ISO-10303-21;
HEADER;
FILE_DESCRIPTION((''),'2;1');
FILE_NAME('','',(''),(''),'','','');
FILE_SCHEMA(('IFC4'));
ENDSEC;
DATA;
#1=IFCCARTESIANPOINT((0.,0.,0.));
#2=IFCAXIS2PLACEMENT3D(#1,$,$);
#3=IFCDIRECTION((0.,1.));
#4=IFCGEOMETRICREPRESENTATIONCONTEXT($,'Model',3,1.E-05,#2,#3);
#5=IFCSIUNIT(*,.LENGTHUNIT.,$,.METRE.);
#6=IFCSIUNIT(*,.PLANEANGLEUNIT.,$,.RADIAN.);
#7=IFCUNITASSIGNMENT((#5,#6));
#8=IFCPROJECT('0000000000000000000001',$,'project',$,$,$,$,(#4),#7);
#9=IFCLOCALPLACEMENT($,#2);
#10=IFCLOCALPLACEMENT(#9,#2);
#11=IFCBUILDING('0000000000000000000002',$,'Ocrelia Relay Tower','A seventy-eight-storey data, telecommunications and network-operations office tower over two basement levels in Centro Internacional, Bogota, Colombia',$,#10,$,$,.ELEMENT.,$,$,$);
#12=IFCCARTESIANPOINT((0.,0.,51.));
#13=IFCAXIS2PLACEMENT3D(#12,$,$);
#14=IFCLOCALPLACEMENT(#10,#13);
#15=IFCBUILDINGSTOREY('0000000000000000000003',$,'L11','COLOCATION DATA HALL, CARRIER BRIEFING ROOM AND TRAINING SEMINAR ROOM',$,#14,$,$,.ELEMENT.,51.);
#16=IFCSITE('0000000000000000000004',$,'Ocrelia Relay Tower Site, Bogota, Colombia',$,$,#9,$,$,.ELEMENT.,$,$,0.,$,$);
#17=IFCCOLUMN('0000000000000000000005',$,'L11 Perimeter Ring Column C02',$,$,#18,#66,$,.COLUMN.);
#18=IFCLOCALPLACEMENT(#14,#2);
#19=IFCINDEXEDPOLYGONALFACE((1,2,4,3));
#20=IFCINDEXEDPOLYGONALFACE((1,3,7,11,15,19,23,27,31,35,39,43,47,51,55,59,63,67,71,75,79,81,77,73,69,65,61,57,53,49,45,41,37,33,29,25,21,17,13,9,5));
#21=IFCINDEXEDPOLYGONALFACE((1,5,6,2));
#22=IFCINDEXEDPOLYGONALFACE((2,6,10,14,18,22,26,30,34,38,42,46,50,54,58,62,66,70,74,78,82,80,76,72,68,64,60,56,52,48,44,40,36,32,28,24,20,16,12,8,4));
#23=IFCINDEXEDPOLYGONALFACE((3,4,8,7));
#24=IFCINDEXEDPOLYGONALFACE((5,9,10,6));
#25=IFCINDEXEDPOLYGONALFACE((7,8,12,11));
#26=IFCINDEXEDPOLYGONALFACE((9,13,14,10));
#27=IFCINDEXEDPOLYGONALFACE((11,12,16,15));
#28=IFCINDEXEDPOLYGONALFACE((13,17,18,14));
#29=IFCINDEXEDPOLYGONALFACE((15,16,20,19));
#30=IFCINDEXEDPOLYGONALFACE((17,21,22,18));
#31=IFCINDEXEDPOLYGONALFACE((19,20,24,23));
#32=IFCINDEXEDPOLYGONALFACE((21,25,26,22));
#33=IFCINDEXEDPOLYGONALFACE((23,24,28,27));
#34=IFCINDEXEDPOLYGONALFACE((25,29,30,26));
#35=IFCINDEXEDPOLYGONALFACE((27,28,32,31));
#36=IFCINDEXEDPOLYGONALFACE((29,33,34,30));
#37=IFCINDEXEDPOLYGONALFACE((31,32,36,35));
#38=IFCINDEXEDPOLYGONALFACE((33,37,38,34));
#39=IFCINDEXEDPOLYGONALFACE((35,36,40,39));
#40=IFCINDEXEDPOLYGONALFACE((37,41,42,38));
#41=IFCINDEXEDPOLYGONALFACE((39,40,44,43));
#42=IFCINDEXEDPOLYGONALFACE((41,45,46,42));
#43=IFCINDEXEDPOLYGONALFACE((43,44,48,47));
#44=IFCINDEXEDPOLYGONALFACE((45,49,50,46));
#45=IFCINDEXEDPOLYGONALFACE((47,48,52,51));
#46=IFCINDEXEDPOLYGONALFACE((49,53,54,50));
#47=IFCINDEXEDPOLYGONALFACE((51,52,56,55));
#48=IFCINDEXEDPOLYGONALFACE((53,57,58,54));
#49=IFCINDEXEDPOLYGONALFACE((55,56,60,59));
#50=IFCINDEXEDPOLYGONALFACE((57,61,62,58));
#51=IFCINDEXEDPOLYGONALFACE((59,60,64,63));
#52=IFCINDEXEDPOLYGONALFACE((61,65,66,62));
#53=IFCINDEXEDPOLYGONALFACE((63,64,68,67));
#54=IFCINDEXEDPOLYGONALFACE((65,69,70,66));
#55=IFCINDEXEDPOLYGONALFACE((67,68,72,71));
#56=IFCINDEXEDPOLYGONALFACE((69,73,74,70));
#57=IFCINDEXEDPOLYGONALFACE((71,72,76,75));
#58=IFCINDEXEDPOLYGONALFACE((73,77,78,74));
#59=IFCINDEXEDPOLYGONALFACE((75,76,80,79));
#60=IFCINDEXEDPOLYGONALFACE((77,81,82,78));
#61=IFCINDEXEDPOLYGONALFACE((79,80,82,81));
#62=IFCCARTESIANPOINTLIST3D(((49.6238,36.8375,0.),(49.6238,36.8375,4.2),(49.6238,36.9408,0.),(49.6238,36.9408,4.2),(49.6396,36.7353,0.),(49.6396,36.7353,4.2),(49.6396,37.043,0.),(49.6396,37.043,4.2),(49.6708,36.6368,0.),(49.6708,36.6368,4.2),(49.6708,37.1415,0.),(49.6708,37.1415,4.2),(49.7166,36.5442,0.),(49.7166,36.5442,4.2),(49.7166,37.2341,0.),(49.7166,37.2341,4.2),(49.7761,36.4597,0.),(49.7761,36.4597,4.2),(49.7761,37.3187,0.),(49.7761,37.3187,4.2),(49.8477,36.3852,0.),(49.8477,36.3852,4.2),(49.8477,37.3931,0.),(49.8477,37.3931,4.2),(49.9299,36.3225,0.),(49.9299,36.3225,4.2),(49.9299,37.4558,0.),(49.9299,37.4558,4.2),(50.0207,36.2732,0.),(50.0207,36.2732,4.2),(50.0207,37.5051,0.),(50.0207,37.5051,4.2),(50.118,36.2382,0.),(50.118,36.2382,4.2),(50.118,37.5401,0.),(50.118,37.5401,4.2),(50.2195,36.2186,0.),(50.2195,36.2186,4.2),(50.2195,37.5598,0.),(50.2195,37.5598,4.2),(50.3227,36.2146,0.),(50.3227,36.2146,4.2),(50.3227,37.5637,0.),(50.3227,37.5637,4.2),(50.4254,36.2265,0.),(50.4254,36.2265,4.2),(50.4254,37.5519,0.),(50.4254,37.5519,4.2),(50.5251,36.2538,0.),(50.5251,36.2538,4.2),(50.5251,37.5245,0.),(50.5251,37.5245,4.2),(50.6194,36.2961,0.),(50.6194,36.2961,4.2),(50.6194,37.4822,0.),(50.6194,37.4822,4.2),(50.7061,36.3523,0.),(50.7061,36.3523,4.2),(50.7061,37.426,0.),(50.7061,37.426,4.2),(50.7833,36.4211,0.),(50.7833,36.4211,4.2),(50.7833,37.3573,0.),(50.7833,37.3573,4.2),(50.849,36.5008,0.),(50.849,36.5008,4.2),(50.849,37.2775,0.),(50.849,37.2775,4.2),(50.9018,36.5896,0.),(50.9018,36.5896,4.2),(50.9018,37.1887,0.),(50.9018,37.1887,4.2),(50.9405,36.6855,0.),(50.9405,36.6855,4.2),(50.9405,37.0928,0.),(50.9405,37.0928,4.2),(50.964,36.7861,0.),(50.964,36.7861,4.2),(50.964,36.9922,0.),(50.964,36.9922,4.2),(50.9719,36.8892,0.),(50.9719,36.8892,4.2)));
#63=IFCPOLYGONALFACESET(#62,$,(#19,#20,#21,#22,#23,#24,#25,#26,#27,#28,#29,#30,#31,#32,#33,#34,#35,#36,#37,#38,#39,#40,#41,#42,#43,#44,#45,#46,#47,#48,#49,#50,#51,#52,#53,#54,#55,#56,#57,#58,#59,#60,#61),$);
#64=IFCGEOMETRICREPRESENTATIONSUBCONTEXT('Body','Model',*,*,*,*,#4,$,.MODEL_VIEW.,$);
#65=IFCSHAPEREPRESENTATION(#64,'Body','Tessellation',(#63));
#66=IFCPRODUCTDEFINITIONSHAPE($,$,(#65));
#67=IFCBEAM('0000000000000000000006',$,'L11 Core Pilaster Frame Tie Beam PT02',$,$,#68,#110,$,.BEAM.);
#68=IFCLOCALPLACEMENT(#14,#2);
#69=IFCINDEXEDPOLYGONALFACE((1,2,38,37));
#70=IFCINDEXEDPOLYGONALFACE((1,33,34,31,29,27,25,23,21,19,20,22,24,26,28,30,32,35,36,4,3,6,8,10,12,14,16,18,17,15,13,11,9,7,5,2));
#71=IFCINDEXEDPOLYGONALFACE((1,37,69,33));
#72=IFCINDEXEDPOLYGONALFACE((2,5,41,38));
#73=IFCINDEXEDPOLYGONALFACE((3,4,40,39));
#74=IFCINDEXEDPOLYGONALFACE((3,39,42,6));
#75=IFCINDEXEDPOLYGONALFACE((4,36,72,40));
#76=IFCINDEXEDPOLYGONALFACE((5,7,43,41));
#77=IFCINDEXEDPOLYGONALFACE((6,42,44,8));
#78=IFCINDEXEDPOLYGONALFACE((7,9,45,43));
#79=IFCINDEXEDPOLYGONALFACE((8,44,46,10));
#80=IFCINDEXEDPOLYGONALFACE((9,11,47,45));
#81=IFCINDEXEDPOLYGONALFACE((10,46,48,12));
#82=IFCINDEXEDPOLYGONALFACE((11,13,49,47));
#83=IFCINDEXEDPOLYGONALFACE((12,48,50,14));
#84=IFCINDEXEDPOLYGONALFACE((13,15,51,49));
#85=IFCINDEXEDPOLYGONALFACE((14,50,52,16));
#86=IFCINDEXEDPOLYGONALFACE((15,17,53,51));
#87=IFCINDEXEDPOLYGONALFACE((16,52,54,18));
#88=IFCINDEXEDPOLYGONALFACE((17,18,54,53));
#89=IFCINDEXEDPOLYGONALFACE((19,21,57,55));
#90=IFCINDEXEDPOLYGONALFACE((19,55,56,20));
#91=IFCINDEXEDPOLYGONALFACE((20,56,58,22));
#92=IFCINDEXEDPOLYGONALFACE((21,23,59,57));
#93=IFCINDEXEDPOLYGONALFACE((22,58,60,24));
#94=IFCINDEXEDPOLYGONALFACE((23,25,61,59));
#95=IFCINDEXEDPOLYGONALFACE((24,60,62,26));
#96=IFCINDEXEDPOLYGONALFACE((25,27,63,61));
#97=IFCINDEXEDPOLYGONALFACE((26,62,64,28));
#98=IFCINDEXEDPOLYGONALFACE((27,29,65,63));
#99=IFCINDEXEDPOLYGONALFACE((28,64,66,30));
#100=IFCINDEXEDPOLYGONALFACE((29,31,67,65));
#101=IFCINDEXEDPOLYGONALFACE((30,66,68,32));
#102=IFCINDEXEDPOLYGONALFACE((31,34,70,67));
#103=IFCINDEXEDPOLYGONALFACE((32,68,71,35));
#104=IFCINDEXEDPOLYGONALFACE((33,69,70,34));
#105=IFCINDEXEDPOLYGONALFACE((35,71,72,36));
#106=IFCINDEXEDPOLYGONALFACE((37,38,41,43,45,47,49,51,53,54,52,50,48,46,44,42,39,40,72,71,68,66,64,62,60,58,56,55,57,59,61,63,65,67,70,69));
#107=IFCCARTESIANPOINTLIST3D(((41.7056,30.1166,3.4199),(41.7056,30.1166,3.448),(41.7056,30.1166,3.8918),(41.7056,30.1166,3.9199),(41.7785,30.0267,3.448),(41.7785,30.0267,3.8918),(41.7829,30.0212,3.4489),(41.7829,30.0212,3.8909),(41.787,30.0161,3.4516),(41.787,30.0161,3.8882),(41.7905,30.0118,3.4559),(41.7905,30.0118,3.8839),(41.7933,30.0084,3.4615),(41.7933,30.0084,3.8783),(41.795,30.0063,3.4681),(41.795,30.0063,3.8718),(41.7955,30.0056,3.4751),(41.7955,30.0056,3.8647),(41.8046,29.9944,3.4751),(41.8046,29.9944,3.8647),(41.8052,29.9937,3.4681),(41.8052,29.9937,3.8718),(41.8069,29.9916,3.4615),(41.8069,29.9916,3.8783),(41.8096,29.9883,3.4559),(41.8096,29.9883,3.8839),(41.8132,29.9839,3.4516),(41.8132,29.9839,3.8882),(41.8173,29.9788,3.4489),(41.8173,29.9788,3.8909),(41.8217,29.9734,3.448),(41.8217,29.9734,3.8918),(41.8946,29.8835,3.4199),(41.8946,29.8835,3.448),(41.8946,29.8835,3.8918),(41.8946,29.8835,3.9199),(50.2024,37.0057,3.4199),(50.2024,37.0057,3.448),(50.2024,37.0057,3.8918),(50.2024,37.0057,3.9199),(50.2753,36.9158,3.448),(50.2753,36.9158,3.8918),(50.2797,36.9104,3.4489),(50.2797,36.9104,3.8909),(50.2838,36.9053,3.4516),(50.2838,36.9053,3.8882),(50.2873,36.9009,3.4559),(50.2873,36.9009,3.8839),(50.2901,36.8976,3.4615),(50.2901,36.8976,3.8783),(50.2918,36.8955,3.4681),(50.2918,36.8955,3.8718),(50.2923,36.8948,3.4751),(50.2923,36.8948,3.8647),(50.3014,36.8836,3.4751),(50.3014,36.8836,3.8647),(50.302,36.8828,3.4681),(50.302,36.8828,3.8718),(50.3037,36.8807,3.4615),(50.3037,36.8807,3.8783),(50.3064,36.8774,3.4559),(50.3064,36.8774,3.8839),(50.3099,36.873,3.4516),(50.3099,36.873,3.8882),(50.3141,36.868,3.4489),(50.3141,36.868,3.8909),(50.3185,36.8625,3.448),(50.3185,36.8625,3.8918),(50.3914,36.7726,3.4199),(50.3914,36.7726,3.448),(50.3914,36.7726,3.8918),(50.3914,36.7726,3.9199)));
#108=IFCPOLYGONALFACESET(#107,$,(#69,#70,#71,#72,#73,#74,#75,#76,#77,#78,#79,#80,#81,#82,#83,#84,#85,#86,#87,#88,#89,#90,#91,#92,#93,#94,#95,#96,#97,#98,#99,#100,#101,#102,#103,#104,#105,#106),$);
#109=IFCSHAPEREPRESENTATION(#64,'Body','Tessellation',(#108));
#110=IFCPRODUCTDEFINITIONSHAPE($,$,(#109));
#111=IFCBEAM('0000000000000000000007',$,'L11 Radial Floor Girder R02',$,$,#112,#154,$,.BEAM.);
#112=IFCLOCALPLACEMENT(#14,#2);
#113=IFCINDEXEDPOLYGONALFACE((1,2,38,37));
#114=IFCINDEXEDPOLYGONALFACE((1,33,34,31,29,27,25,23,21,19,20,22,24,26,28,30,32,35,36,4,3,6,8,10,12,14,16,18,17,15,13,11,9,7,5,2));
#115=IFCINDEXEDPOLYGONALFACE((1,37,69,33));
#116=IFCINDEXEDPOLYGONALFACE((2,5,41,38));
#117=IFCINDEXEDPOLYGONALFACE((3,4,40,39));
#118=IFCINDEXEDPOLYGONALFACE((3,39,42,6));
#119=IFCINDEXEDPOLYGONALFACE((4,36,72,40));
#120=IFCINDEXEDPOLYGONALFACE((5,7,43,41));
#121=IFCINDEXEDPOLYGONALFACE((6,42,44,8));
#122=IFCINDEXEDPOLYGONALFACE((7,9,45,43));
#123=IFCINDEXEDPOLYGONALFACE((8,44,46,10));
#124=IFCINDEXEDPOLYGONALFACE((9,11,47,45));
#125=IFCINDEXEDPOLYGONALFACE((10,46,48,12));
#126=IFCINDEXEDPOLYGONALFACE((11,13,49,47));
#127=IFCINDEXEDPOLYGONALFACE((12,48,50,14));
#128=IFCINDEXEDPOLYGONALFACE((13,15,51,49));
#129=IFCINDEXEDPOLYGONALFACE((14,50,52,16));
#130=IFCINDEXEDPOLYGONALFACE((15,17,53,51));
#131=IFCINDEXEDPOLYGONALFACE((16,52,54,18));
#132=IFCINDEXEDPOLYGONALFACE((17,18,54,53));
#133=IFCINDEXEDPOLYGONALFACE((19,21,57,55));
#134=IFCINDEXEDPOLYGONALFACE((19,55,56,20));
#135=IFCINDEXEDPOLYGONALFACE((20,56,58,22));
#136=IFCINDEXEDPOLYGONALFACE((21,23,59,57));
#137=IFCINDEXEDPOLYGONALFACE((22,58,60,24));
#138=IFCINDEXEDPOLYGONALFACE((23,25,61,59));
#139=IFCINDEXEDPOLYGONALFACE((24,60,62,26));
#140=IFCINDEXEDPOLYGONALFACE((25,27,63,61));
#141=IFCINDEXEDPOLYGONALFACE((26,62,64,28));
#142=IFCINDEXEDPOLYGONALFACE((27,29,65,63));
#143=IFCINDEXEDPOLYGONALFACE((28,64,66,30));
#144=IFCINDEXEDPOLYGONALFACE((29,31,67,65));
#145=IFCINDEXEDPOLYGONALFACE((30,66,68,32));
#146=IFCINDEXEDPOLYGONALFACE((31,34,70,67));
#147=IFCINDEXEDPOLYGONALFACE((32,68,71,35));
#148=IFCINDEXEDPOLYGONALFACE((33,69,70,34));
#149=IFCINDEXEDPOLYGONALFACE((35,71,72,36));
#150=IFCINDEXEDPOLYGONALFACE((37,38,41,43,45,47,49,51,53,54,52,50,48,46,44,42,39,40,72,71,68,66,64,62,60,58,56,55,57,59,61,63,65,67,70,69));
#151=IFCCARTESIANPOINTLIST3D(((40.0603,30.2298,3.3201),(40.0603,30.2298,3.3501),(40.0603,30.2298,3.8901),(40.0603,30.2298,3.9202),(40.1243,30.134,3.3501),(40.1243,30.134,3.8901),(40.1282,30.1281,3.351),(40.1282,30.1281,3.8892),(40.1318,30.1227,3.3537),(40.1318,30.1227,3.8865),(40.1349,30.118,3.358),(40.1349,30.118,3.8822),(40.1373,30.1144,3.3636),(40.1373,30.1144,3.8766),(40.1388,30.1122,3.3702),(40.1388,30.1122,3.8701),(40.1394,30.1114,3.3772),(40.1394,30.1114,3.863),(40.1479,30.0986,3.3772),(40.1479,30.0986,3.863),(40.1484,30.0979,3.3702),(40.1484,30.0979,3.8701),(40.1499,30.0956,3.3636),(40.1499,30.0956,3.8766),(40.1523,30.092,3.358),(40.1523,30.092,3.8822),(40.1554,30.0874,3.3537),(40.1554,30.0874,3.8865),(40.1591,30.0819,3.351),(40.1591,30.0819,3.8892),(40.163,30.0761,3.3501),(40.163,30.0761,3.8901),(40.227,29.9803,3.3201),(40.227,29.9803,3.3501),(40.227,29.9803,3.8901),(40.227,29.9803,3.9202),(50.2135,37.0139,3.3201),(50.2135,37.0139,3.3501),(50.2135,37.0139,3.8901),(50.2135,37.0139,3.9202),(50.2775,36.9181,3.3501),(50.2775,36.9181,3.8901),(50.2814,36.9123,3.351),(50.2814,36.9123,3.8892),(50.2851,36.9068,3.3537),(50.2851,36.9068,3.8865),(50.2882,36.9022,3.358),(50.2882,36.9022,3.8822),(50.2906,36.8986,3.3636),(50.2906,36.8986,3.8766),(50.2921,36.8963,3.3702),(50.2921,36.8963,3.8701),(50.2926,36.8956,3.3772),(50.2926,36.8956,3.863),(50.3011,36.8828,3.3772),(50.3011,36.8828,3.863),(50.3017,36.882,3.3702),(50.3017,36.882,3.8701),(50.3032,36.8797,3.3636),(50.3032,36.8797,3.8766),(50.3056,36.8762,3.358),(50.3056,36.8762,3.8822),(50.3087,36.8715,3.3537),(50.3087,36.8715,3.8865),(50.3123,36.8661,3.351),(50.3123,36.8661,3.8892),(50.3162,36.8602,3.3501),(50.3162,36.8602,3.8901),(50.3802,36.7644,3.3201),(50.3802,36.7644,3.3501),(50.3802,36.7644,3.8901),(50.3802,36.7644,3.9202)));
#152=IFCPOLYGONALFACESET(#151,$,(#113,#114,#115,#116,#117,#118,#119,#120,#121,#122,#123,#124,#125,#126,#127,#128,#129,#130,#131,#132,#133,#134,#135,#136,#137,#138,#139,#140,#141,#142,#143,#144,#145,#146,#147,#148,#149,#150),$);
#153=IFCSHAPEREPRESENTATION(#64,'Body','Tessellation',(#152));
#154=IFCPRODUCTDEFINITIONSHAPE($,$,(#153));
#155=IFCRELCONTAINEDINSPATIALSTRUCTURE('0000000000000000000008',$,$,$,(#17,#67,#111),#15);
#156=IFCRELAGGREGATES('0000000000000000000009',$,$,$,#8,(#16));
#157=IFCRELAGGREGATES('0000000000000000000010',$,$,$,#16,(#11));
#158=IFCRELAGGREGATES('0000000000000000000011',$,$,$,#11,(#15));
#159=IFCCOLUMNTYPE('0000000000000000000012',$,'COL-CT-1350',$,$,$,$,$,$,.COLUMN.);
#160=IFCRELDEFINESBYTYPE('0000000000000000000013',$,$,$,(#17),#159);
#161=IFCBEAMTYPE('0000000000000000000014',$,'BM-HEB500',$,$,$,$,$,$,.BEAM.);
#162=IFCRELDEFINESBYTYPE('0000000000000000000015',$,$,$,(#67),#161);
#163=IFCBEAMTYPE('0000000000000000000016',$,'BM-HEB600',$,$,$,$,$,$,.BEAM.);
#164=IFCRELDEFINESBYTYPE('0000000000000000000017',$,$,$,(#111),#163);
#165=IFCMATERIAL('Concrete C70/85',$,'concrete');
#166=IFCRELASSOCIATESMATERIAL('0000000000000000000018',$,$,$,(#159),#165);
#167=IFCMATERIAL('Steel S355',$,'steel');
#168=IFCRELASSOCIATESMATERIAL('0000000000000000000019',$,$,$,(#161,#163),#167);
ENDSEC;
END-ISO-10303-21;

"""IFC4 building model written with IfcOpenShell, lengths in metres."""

from ifc_helpers import new_model, si_unit, direction, frame, origin, origin_2d, place, context, subcontext, project, spatial, circle, i_section, extrude, material, material_profile, profile_set, type_object, element, save


model = new_model("IFC4")

# Units and contexts
model_context = context("Model", 3, precision=1e-05, world=origin(), true_north=direction((0.0, 1.0)))
body_context = subcontext(model_context, "Body", "Model", "MODEL_VIEW")
ifc_project = project(units=[si_unit("LENGTHUNIT", "METRE"), si_unit("PLANEANGLEUNIT", "RADIAN")], contexts=[model_context])

# Site, building, storey
site_placement = place(None, origin())
site = spatial("IfcSite", under=ifc_project, at=site_placement, Name="Ocrelia Relay Tower Site, Bogota, Colombia", CompositionType="ELEMENT", RefElevation=0.0)
building_placement = place(site_placement, origin())
building = spatial("IfcBuilding", under=site, at=building_placement, Name="Ocrelia Relay Tower", Description="A seventy-eight-storey data, telecommunications and network-operations office tower over two basement levels in Centro Internacional, Bogota, Colombia", CompositionType="ELEMENT")
storey_placement = place(building_placement, frame((0.0, 0.0, 51.0)))
storey = spatial("IfcBuildingStorey", under=building, at=storey_placement, Name="L11", Description="COLOCATION DATA HALL, CARRIER BRIEFING ROOM AND TRAINING SEMINAR ROOM", CompositionType="ELEMENT", Elevation=51.0)

# Column
ifc_material_1 = material(Name="Concrete C70/85", Category="concrete")
ifc_material_profile_1 = material_profile(ifc_material_1, circle(Radius=0.675, at=origin_2d()), Name="RC-CIR-1350")
ifc_profile_set_1 = profile_set([ifc_material_profile_1], Name="Concrete C70/85")
column_type = type_object("IfcColumnType", Name="COL-CT-1350", PredefinedType="COLUMN", material=ifc_profile_set_1)
column_placement = place(storey_placement, frame((50.2969, 36.8892, 0.0), z_axis=(0.0, 0.0, 1.0), x_axis=(1.0, 0.0, 0.0)))
element("IfcColumn", 1, at=column_placement, inside=storey, type_object=column_type, Name="L11 Perimeter Ring Column C02", PredefinedType="COLUMN", context=body_context, shape_type="SweptSolid", body=[
    extrude(circle(Radius=0.675, at=origin_2d()), origin(), (0.0, 0.0, 1.0), 4.2),
])

# Beams
ifc_material_2 = material(Name="Steel S355", Category="steel")
ifc_material_profile_2 = material_profile(ifc_material_2, i_section(OverallWidth=0.3, OverallDepth=0.5, WebThickness=0.0144, FlangeThickness=0.0281, FilletRadius=0.0271, at=origin_2d()), Name="HEB 500")
ifc_profile_set_2 = profile_set([ifc_material_profile_2], Name="Steel S355")
beam_type_1 = type_object("IfcBeamType", Name="BM-HEB500", PredefinedType="BEAM", material=ifc_profile_set_2)
beam_1_placement = place(storey_placement, frame((50.2969, 36.8892, 3.6699), z_axis=(-0.776763, -0.629793, 0.0), x_axis=(0.629793, -0.776763, 0.0)))
element("IfcBeam", 2, at=beam_1_placement, inside=storey, type_object=beam_type_1, Name="L11 Core Pilaster Frame Tie Beam PT02", PredefinedType="BEAM", context=body_context, shape_type="SweptSolid", body=[
    extrude(i_section(OverallWidth=0.3, OverallDepth=0.5, WebThickness=0.0144, FlangeThickness=0.0281, FilletRadius=0.0271, at=origin_2d()), origin(), (0.0, 0.0, 1.0), 10.9387),
])
ifc_material_profile_3 = material_profile(ifc_material_2, i_section(OverallWidth=0.3, OverallDepth=0.6001, WebThickness=0.0154, FlangeThickness=0.03, FilletRadius=0.0271, at=origin_2d()), Name="HEB 600")
ifc_profile_set_3 = profile_set([ifc_material_profile_3], Name="Steel S355")
beam_type_2 = type_object("IfcBeamType", Name="BM-HEB600", PredefinedType="BEAM", material=ifc_profile_set_3)
beam_2_placement = place(storey_placement, frame((50.2969, 36.8892, 3.6201), z_axis=(-0.831472, -0.555567, 0.0), x_axis=(0.555567, -0.831472, 0.0)))
element("IfcBeam", 3, at=beam_2_placement, inside=storey, type_object=beam_type_2, Name="L11 Radial Floor Girder R02", PredefinedType="BEAM", context=body_context, shape_type="SweptSolid", body=[
    extrude(i_section(OverallWidth=0.3, OverallDepth=0.6001, WebThickness=0.0154, FlangeThickness=0.03, FilletRadius=0.0271, at=origin_2d()), origin(), (0.0, 0.0, 1.0), 12.2112),
])

save(model, "model.ifc")
